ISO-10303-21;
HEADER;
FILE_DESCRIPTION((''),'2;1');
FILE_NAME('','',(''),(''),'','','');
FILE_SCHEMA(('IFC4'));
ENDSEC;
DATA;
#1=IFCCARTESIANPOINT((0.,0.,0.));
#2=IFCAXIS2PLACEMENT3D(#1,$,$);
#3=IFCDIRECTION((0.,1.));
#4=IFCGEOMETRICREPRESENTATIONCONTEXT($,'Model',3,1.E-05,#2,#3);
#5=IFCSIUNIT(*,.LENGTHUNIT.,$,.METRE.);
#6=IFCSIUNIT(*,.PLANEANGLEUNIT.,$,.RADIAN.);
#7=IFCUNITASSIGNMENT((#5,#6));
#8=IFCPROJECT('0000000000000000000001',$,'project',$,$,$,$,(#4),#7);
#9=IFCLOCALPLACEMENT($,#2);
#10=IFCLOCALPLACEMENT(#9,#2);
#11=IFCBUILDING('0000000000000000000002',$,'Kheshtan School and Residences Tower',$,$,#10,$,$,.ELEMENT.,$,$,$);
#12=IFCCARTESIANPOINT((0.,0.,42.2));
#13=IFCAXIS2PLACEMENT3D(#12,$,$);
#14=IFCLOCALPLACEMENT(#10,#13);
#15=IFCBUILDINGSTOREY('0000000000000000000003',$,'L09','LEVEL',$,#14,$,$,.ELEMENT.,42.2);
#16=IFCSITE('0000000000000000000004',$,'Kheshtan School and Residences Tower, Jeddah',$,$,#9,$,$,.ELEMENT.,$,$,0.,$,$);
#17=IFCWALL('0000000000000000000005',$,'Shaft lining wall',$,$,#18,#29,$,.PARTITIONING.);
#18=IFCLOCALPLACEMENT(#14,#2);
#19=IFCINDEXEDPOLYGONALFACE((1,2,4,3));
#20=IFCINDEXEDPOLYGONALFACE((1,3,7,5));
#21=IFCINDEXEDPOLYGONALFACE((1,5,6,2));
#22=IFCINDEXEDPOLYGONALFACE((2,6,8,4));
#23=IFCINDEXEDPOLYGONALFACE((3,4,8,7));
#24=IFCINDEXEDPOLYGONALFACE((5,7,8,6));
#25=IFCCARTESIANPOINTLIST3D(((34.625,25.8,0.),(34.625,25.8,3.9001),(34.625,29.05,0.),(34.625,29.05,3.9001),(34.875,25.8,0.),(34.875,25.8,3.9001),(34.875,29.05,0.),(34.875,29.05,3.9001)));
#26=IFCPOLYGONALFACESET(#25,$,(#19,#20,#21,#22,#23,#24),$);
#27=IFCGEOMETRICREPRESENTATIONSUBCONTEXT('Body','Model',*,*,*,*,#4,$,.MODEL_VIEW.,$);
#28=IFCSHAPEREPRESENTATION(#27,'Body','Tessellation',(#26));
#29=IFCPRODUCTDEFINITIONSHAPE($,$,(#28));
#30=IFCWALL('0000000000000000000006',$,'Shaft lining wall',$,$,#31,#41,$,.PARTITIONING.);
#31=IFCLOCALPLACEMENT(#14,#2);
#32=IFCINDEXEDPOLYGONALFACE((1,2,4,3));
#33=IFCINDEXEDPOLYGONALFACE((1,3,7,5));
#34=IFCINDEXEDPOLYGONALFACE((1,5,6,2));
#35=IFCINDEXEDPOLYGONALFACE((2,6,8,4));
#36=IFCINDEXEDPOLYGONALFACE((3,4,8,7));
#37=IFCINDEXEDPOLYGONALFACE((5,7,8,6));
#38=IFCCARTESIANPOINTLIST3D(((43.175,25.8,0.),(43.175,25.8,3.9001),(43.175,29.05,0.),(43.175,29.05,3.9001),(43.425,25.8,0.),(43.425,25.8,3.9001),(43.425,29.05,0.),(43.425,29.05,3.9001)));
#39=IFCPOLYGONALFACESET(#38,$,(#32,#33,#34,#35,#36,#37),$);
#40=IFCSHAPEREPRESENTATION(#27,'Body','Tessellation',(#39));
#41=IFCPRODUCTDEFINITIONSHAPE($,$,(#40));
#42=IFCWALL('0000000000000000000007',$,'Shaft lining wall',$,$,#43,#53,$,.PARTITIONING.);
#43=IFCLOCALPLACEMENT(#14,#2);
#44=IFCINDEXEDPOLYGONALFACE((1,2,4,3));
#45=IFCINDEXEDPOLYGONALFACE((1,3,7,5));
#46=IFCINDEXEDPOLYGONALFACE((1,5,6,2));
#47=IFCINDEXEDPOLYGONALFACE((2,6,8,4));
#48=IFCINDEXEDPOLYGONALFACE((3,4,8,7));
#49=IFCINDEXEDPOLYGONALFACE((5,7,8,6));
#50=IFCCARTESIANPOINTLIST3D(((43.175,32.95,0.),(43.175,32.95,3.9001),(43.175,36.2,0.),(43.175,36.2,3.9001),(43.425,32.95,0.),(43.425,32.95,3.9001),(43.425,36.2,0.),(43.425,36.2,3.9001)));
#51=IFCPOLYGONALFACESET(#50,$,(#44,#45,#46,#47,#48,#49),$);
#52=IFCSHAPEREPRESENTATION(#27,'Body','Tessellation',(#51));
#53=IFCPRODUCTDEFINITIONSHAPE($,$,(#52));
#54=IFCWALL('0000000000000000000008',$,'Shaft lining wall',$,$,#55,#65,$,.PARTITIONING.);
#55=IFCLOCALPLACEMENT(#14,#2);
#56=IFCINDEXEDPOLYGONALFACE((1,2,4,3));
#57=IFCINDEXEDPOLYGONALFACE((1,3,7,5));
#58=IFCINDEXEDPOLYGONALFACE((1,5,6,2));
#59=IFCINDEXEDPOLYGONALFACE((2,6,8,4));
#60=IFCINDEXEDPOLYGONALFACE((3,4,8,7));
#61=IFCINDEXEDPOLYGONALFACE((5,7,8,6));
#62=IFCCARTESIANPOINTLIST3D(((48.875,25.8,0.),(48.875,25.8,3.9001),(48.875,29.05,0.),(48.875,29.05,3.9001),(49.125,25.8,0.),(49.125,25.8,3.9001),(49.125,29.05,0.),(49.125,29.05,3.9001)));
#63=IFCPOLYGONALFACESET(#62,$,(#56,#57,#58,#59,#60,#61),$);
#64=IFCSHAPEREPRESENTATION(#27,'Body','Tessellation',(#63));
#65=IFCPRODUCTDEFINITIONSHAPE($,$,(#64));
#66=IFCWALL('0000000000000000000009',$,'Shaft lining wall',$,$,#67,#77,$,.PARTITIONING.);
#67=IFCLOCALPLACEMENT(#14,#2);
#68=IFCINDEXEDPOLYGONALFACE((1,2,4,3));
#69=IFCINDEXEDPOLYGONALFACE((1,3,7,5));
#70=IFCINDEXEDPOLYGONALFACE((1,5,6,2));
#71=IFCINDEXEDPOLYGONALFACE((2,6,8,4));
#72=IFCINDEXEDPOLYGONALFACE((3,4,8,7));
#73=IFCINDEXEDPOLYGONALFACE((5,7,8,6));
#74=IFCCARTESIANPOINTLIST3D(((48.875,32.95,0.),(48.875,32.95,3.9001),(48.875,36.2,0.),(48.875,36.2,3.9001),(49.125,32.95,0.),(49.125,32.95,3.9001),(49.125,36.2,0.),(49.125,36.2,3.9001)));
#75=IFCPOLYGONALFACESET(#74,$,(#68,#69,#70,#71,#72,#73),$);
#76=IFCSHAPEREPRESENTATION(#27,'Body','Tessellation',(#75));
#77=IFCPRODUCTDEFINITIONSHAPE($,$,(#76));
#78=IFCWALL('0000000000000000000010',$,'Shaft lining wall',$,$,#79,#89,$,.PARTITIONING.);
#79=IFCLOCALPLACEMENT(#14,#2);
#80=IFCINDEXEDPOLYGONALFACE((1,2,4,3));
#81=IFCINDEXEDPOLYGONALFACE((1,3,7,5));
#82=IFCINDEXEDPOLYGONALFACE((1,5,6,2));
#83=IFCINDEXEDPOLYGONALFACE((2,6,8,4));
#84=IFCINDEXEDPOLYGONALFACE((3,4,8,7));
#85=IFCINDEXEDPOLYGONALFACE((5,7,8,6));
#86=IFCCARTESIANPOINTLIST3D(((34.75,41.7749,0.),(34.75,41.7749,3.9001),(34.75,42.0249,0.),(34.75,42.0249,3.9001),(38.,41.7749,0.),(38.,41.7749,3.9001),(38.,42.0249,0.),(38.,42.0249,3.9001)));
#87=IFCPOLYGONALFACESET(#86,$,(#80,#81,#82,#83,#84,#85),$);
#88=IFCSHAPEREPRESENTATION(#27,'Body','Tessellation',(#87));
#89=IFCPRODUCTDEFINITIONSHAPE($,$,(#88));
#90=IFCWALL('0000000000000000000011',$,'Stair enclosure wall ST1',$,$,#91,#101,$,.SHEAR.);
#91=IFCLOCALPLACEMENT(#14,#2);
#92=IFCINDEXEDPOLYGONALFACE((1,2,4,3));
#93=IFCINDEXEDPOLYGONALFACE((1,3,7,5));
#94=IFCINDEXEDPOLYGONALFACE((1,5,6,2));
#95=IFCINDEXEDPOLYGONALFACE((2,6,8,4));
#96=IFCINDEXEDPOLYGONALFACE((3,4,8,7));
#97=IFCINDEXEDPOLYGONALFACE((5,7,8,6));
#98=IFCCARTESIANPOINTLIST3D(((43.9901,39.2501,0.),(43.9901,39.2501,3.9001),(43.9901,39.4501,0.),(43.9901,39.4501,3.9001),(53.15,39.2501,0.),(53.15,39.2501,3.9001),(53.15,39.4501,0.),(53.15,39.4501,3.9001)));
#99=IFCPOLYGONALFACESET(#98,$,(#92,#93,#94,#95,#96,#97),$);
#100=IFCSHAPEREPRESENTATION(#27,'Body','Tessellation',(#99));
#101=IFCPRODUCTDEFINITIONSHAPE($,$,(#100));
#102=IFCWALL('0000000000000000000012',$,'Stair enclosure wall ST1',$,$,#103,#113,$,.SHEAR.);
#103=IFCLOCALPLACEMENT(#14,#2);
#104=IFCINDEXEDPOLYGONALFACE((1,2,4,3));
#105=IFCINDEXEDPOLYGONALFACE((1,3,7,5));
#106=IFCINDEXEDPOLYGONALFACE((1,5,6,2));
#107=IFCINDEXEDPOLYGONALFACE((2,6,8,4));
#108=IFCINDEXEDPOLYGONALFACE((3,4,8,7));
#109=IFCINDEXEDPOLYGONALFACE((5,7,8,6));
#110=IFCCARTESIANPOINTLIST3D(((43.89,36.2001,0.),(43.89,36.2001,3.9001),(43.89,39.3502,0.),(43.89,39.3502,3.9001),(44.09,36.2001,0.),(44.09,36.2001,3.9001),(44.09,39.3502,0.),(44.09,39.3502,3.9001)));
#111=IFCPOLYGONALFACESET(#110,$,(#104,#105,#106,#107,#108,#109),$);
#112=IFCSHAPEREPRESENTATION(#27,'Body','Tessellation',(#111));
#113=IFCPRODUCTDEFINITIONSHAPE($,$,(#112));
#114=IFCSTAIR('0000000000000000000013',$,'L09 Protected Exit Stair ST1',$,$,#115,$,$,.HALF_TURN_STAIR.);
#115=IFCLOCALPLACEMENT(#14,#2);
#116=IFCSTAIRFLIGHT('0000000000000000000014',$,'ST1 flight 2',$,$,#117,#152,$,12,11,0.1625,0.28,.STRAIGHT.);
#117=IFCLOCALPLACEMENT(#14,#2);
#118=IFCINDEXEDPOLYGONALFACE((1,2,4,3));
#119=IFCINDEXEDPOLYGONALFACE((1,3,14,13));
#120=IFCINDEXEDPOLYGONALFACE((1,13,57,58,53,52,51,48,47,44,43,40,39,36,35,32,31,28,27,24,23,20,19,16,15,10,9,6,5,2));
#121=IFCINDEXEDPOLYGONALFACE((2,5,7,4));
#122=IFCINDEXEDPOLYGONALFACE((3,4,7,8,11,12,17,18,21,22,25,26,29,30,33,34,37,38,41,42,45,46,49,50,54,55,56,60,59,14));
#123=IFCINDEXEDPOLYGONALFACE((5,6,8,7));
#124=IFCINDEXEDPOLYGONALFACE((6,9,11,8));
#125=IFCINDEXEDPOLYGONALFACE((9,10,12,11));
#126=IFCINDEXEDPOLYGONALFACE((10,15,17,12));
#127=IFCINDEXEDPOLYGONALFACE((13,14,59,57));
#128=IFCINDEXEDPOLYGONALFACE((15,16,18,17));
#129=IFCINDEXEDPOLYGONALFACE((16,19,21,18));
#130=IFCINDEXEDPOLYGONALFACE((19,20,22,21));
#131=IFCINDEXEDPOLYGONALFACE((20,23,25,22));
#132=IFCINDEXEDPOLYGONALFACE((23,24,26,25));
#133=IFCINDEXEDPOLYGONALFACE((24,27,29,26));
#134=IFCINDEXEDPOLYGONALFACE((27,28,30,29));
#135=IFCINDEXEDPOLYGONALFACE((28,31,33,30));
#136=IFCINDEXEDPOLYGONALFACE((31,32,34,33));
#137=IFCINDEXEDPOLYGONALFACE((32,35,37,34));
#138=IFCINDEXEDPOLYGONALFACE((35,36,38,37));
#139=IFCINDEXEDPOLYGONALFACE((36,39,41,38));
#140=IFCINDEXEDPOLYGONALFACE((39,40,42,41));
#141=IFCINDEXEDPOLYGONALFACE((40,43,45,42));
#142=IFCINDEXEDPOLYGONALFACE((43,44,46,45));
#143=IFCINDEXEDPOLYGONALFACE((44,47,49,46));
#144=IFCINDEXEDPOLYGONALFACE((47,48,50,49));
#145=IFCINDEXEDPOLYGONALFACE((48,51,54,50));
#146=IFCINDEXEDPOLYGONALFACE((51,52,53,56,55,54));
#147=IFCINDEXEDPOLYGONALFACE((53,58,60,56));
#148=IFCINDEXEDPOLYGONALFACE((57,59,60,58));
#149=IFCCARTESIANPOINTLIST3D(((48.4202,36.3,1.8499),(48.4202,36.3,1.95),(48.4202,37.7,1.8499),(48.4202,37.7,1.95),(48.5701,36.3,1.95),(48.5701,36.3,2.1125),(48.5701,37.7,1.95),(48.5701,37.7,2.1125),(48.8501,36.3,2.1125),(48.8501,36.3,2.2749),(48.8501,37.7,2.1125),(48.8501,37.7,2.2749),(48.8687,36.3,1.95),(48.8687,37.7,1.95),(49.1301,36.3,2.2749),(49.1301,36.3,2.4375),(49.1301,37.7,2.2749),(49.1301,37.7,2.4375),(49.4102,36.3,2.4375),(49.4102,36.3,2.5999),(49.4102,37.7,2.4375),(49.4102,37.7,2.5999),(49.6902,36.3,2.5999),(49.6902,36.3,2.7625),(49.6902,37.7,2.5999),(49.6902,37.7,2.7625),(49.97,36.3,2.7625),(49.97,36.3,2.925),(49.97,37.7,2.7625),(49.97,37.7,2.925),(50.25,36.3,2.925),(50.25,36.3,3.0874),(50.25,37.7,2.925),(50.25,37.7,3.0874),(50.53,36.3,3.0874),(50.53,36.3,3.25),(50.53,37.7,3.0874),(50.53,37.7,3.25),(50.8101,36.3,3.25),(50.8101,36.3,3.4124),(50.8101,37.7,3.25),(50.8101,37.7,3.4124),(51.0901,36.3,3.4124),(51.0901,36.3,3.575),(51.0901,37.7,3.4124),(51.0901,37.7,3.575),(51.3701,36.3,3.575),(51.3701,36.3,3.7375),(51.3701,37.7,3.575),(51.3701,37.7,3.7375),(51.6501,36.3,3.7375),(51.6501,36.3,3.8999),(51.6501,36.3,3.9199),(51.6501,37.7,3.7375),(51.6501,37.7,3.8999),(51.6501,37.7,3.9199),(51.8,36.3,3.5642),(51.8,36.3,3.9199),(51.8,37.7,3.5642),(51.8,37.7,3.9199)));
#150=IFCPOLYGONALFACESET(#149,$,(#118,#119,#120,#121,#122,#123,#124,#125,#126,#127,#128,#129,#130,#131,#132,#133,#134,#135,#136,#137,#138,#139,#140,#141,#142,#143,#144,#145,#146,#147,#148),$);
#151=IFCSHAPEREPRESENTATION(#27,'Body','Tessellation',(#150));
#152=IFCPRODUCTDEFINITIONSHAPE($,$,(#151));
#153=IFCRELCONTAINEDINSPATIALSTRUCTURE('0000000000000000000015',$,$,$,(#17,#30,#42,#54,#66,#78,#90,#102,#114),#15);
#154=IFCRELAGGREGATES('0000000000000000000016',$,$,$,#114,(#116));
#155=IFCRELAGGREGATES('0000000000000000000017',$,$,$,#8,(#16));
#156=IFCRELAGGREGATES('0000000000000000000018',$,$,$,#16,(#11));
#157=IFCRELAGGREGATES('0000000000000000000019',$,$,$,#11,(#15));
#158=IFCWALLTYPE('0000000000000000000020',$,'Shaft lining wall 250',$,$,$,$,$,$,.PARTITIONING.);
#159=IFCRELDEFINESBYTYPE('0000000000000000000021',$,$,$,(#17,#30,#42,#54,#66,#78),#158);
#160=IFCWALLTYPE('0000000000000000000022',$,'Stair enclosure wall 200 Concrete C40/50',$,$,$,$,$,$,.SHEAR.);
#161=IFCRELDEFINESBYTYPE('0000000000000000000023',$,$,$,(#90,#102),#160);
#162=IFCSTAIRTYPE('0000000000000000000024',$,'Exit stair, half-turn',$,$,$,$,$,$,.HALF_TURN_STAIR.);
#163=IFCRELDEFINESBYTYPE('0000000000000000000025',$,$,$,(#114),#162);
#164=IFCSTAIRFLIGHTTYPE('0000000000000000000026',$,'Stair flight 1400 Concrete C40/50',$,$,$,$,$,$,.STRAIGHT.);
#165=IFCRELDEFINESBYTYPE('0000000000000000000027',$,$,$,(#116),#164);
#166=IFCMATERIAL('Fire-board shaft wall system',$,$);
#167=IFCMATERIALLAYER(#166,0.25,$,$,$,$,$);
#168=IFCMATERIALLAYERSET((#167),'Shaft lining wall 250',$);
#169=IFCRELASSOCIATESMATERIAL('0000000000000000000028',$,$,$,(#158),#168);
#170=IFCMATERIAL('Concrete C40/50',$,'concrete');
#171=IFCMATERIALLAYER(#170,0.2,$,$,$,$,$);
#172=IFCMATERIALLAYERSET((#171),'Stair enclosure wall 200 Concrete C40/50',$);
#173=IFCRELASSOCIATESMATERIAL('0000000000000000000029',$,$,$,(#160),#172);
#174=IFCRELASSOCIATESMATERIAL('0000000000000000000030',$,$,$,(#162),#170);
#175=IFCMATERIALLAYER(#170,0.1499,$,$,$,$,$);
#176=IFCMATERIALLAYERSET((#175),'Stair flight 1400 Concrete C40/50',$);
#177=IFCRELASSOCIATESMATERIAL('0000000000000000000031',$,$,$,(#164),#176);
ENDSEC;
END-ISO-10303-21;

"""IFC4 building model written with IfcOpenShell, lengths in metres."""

from ifc_helpers import new_model, si_unit, direction, frame, frame_2d, origin, place, context, subcontext, project, spatial, polyline, rectangle, outline, extrude, material, layer, layer_set, type_object, element, aggregate, save


model = new_model("IFC4")

# Units and contexts
model_context = context("Model", 3, precision=1e-05, world=origin(), true_north=direction((0.0, 1.0)))
body_context = subcontext(model_context, "Body", "Model", "MODEL_VIEW")
ifc_project = project(units=[si_unit("LENGTHUNIT", "METRE"), si_unit("PLANEANGLEUNIT", "RADIAN")], contexts=[model_context])

# Site, building, storey
site_placement = place(None, origin())
site = spatial("IfcSite", under=ifc_project, at=site_placement, Name="Kheshtan School and Residences Tower, Jeddah", CompositionType="ELEMENT", RefElevation=0.0)
building_placement = place(site_placement, origin())
building = spatial("IfcBuilding", under=site, at=building_placement, Name="Kheshtan School and Residences Tower", CompositionType="ELEMENT")
storey_placement = place(building_placement, frame((0.0, 0.0, 42.2)))
storey = spatial("IfcBuildingStorey", under=building, at=storey_placement, Name="L09", Description="LEVEL", CompositionType="ELEMENT", Elevation=42.2)

# Walls
ifc_material_1 = material(Name="Fire-board shaft wall system")
ifc_layer_1 = layer(ifc_material_1, 0.25)
ifc_layer_set_1 = layer_set([ifc_layer_1], Name="Shaft lining wall 250")
wall_type_1 = type_object("IfcWallType", Name="Shaft lining wall 250", PredefinedType="PARTITIONING", material=ifc_layer_set_1)
for number, where, z_axis, x_axis, name in (
    (1, (34.75, 25.8, 0.0), (0.0, 0.0, 1.0), (0.0, 1.0, 0.0), "Shaft lining wall"),
    (2, (43.3, 25.8, 0.0), (0.0, 0.0, 1.0), (0.0, 1.0, 0.0), "Shaft lining wall"),
    (3, (43.3, 32.95, 0.0), (0.0, 0.0, 1.0), (0.0, 1.0, 0.0), "Shaft lining wall"),
    (4, (49.0, 25.8, 0.0), (0.0, 0.0, 1.0), (0.0, 1.0, 0.0), "Shaft lining wall"),
    (5, (49.0, 32.95, 0.0), (0.0, 0.0, 1.0), (0.0, 1.0, 0.0), "Shaft lining wall"),
    (6, (34.75, 41.8999, 0.0), (0.0, 0.0, 1.0), (1.0, 0.0, 0.0), "Shaft lining wall"),
):
    element("IfcWall", number, at=place(storey_placement, frame(where, z_axis=z_axis, x_axis=x_axis)), inside=storey, type_object=wall_type_1, Name=name, PredefinedType="PARTITIONING", context=body_context, shape_type="SweptSolid", body=[
        extrude(rectangle(XDim=3.25, YDim=0.25, at=frame_2d((1.625, 0.0))), origin(), (0.0, 0.0, 1.0), 3.9001),
    ])
ifc_material_2 = material(Name="Concrete C40/50", Category="concrete")
ifc_layer_2 = layer(ifc_material_2, 0.2)
ifc_layer_set_2 = layer_set([ifc_layer_2], Name="Stair enclosure wall 200 Concrete C40/50")
wall_type_2 = type_object("IfcWallType", Name="Stair enclosure wall 200 Concrete C40/50", PredefinedType="SHEAR", material=ifc_layer_set_2)
wall_1_placement = place(storey_placement, frame((43.99, 39.3501, 0.0), z_axis=(0.0, 0.0, 1.0), x_axis=(1.0, 0.0, 0.0)))
element("IfcWall", 7, at=wall_1_placement, inside=storey, type_object=wall_type_2, Name="Stair enclosure wall ST1", PredefinedType="SHEAR", context=body_context, shape_type="SweptSolid", body=[
    extrude(rectangle(XDim=9.1599, YDim=0.2, at=frame_2d((4.5801, 0.0))), origin(), (0.0, 0.0, 1.0), 3.9001),
])
wall_2_placement = place(storey_placement, frame((43.99, 36.2, 0.0), z_axis=(0.0, 0.0, 1.0), x_axis=(0.0, 1.0, 0.0)))
element("IfcWall", 8, at=wall_2_placement, inside=storey, type_object=wall_type_2, Name="Stair enclosure wall ST1", PredefinedType="SHEAR", context=body_context, shape_type="SweptSolid", body=[
    extrude(rectangle(XDim=3.1501, YDim=0.2, at=frame_2d((1.5752, 0.0))), origin(), (0.0, 0.0, 1.0), 3.9001),
])

# Stair, stair flight
stair_type = type_object("IfcStairType", Name="Exit stair, half-turn", PredefinedType="HALF_TURN_STAIR", material=ifc_material_2)
stair_placement = place(storey_placement, origin())
stair = element("IfcStair", 9, at=stair_placement, inside=storey, type_object=stair_type, Name="L09 Protected Exit Stair ST1", PredefinedType="HALF_TURN_STAIR")
ifc_layer_3 = layer(ifc_material_2, 0.1499)
ifc_layer_set_3 = layer_set([ifc_layer_3], Name="Stair flight 1400 Concrete C40/50")
stair_flight_type = type_object("IfcStairFlightType", Name="Stair flight 1400 Concrete C40/50", PredefinedType="STRAIGHT", material=ifc_layer_set_3)
stair_flight_placement = place(storey_placement, frame((48.5701, 37.0, 1.95), z_axis=(0.0, 0.0, 1.0), x_axis=(1.0, 0.0, 0.0)))
stair_flight = element("IfcStairFlight", 10, at=stair_flight_placement, type_object=stair_flight_type, Name="ST1 flight 2", NumberOfRisers=12, NumberOfTreads=11, PredefinedType="STRAIGHT", RiserHeight=0.1625, TreadLength=0.28, context=body_context, shape_type="SweptSolid", body=[
    extrude(outline(polyline([(-0.1499, -0.1001), (-0.1499, 0.0), (0.0, 0.0), (0.0, 0.1626), (0.28, 0.1626), (0.28, 0.325), (0.5601, 0.325), (0.5601, 0.4875), (0.8401, 0.4875), (0.8401, 0.6499), (1.1201, 0.6499), (1.1201, 0.8125), (1.3999, 0.8125), (1.3999, 0.9751), (1.6799, 0.9751), (1.6799, 1.1375), (1.96, 1.1375), (1.96, 1.3), (2.24, 1.3), (2.24, 1.4624), (2.52, 1.4624), (2.52, 1.625), (2.8, 1.625), (2.8, 1.7876), (3.0801, 1.7876), (3.0801, 1.95), (3.0801, 1.97), (3.23, 1.97), (3.23, 1.6143), (0.2986, 0.0), (-0.1499, -0.1001)])), frame((0.0, 0.7, 0.0), z_axis=(0.0, -1.0, 0.0), x_axis=(1.0, 0.0, 0.0)), (0.0, 0.0, 1.0), 1.3999),
])
aggregate(stair, [stair_flight])

save(model, "model.ifc")
